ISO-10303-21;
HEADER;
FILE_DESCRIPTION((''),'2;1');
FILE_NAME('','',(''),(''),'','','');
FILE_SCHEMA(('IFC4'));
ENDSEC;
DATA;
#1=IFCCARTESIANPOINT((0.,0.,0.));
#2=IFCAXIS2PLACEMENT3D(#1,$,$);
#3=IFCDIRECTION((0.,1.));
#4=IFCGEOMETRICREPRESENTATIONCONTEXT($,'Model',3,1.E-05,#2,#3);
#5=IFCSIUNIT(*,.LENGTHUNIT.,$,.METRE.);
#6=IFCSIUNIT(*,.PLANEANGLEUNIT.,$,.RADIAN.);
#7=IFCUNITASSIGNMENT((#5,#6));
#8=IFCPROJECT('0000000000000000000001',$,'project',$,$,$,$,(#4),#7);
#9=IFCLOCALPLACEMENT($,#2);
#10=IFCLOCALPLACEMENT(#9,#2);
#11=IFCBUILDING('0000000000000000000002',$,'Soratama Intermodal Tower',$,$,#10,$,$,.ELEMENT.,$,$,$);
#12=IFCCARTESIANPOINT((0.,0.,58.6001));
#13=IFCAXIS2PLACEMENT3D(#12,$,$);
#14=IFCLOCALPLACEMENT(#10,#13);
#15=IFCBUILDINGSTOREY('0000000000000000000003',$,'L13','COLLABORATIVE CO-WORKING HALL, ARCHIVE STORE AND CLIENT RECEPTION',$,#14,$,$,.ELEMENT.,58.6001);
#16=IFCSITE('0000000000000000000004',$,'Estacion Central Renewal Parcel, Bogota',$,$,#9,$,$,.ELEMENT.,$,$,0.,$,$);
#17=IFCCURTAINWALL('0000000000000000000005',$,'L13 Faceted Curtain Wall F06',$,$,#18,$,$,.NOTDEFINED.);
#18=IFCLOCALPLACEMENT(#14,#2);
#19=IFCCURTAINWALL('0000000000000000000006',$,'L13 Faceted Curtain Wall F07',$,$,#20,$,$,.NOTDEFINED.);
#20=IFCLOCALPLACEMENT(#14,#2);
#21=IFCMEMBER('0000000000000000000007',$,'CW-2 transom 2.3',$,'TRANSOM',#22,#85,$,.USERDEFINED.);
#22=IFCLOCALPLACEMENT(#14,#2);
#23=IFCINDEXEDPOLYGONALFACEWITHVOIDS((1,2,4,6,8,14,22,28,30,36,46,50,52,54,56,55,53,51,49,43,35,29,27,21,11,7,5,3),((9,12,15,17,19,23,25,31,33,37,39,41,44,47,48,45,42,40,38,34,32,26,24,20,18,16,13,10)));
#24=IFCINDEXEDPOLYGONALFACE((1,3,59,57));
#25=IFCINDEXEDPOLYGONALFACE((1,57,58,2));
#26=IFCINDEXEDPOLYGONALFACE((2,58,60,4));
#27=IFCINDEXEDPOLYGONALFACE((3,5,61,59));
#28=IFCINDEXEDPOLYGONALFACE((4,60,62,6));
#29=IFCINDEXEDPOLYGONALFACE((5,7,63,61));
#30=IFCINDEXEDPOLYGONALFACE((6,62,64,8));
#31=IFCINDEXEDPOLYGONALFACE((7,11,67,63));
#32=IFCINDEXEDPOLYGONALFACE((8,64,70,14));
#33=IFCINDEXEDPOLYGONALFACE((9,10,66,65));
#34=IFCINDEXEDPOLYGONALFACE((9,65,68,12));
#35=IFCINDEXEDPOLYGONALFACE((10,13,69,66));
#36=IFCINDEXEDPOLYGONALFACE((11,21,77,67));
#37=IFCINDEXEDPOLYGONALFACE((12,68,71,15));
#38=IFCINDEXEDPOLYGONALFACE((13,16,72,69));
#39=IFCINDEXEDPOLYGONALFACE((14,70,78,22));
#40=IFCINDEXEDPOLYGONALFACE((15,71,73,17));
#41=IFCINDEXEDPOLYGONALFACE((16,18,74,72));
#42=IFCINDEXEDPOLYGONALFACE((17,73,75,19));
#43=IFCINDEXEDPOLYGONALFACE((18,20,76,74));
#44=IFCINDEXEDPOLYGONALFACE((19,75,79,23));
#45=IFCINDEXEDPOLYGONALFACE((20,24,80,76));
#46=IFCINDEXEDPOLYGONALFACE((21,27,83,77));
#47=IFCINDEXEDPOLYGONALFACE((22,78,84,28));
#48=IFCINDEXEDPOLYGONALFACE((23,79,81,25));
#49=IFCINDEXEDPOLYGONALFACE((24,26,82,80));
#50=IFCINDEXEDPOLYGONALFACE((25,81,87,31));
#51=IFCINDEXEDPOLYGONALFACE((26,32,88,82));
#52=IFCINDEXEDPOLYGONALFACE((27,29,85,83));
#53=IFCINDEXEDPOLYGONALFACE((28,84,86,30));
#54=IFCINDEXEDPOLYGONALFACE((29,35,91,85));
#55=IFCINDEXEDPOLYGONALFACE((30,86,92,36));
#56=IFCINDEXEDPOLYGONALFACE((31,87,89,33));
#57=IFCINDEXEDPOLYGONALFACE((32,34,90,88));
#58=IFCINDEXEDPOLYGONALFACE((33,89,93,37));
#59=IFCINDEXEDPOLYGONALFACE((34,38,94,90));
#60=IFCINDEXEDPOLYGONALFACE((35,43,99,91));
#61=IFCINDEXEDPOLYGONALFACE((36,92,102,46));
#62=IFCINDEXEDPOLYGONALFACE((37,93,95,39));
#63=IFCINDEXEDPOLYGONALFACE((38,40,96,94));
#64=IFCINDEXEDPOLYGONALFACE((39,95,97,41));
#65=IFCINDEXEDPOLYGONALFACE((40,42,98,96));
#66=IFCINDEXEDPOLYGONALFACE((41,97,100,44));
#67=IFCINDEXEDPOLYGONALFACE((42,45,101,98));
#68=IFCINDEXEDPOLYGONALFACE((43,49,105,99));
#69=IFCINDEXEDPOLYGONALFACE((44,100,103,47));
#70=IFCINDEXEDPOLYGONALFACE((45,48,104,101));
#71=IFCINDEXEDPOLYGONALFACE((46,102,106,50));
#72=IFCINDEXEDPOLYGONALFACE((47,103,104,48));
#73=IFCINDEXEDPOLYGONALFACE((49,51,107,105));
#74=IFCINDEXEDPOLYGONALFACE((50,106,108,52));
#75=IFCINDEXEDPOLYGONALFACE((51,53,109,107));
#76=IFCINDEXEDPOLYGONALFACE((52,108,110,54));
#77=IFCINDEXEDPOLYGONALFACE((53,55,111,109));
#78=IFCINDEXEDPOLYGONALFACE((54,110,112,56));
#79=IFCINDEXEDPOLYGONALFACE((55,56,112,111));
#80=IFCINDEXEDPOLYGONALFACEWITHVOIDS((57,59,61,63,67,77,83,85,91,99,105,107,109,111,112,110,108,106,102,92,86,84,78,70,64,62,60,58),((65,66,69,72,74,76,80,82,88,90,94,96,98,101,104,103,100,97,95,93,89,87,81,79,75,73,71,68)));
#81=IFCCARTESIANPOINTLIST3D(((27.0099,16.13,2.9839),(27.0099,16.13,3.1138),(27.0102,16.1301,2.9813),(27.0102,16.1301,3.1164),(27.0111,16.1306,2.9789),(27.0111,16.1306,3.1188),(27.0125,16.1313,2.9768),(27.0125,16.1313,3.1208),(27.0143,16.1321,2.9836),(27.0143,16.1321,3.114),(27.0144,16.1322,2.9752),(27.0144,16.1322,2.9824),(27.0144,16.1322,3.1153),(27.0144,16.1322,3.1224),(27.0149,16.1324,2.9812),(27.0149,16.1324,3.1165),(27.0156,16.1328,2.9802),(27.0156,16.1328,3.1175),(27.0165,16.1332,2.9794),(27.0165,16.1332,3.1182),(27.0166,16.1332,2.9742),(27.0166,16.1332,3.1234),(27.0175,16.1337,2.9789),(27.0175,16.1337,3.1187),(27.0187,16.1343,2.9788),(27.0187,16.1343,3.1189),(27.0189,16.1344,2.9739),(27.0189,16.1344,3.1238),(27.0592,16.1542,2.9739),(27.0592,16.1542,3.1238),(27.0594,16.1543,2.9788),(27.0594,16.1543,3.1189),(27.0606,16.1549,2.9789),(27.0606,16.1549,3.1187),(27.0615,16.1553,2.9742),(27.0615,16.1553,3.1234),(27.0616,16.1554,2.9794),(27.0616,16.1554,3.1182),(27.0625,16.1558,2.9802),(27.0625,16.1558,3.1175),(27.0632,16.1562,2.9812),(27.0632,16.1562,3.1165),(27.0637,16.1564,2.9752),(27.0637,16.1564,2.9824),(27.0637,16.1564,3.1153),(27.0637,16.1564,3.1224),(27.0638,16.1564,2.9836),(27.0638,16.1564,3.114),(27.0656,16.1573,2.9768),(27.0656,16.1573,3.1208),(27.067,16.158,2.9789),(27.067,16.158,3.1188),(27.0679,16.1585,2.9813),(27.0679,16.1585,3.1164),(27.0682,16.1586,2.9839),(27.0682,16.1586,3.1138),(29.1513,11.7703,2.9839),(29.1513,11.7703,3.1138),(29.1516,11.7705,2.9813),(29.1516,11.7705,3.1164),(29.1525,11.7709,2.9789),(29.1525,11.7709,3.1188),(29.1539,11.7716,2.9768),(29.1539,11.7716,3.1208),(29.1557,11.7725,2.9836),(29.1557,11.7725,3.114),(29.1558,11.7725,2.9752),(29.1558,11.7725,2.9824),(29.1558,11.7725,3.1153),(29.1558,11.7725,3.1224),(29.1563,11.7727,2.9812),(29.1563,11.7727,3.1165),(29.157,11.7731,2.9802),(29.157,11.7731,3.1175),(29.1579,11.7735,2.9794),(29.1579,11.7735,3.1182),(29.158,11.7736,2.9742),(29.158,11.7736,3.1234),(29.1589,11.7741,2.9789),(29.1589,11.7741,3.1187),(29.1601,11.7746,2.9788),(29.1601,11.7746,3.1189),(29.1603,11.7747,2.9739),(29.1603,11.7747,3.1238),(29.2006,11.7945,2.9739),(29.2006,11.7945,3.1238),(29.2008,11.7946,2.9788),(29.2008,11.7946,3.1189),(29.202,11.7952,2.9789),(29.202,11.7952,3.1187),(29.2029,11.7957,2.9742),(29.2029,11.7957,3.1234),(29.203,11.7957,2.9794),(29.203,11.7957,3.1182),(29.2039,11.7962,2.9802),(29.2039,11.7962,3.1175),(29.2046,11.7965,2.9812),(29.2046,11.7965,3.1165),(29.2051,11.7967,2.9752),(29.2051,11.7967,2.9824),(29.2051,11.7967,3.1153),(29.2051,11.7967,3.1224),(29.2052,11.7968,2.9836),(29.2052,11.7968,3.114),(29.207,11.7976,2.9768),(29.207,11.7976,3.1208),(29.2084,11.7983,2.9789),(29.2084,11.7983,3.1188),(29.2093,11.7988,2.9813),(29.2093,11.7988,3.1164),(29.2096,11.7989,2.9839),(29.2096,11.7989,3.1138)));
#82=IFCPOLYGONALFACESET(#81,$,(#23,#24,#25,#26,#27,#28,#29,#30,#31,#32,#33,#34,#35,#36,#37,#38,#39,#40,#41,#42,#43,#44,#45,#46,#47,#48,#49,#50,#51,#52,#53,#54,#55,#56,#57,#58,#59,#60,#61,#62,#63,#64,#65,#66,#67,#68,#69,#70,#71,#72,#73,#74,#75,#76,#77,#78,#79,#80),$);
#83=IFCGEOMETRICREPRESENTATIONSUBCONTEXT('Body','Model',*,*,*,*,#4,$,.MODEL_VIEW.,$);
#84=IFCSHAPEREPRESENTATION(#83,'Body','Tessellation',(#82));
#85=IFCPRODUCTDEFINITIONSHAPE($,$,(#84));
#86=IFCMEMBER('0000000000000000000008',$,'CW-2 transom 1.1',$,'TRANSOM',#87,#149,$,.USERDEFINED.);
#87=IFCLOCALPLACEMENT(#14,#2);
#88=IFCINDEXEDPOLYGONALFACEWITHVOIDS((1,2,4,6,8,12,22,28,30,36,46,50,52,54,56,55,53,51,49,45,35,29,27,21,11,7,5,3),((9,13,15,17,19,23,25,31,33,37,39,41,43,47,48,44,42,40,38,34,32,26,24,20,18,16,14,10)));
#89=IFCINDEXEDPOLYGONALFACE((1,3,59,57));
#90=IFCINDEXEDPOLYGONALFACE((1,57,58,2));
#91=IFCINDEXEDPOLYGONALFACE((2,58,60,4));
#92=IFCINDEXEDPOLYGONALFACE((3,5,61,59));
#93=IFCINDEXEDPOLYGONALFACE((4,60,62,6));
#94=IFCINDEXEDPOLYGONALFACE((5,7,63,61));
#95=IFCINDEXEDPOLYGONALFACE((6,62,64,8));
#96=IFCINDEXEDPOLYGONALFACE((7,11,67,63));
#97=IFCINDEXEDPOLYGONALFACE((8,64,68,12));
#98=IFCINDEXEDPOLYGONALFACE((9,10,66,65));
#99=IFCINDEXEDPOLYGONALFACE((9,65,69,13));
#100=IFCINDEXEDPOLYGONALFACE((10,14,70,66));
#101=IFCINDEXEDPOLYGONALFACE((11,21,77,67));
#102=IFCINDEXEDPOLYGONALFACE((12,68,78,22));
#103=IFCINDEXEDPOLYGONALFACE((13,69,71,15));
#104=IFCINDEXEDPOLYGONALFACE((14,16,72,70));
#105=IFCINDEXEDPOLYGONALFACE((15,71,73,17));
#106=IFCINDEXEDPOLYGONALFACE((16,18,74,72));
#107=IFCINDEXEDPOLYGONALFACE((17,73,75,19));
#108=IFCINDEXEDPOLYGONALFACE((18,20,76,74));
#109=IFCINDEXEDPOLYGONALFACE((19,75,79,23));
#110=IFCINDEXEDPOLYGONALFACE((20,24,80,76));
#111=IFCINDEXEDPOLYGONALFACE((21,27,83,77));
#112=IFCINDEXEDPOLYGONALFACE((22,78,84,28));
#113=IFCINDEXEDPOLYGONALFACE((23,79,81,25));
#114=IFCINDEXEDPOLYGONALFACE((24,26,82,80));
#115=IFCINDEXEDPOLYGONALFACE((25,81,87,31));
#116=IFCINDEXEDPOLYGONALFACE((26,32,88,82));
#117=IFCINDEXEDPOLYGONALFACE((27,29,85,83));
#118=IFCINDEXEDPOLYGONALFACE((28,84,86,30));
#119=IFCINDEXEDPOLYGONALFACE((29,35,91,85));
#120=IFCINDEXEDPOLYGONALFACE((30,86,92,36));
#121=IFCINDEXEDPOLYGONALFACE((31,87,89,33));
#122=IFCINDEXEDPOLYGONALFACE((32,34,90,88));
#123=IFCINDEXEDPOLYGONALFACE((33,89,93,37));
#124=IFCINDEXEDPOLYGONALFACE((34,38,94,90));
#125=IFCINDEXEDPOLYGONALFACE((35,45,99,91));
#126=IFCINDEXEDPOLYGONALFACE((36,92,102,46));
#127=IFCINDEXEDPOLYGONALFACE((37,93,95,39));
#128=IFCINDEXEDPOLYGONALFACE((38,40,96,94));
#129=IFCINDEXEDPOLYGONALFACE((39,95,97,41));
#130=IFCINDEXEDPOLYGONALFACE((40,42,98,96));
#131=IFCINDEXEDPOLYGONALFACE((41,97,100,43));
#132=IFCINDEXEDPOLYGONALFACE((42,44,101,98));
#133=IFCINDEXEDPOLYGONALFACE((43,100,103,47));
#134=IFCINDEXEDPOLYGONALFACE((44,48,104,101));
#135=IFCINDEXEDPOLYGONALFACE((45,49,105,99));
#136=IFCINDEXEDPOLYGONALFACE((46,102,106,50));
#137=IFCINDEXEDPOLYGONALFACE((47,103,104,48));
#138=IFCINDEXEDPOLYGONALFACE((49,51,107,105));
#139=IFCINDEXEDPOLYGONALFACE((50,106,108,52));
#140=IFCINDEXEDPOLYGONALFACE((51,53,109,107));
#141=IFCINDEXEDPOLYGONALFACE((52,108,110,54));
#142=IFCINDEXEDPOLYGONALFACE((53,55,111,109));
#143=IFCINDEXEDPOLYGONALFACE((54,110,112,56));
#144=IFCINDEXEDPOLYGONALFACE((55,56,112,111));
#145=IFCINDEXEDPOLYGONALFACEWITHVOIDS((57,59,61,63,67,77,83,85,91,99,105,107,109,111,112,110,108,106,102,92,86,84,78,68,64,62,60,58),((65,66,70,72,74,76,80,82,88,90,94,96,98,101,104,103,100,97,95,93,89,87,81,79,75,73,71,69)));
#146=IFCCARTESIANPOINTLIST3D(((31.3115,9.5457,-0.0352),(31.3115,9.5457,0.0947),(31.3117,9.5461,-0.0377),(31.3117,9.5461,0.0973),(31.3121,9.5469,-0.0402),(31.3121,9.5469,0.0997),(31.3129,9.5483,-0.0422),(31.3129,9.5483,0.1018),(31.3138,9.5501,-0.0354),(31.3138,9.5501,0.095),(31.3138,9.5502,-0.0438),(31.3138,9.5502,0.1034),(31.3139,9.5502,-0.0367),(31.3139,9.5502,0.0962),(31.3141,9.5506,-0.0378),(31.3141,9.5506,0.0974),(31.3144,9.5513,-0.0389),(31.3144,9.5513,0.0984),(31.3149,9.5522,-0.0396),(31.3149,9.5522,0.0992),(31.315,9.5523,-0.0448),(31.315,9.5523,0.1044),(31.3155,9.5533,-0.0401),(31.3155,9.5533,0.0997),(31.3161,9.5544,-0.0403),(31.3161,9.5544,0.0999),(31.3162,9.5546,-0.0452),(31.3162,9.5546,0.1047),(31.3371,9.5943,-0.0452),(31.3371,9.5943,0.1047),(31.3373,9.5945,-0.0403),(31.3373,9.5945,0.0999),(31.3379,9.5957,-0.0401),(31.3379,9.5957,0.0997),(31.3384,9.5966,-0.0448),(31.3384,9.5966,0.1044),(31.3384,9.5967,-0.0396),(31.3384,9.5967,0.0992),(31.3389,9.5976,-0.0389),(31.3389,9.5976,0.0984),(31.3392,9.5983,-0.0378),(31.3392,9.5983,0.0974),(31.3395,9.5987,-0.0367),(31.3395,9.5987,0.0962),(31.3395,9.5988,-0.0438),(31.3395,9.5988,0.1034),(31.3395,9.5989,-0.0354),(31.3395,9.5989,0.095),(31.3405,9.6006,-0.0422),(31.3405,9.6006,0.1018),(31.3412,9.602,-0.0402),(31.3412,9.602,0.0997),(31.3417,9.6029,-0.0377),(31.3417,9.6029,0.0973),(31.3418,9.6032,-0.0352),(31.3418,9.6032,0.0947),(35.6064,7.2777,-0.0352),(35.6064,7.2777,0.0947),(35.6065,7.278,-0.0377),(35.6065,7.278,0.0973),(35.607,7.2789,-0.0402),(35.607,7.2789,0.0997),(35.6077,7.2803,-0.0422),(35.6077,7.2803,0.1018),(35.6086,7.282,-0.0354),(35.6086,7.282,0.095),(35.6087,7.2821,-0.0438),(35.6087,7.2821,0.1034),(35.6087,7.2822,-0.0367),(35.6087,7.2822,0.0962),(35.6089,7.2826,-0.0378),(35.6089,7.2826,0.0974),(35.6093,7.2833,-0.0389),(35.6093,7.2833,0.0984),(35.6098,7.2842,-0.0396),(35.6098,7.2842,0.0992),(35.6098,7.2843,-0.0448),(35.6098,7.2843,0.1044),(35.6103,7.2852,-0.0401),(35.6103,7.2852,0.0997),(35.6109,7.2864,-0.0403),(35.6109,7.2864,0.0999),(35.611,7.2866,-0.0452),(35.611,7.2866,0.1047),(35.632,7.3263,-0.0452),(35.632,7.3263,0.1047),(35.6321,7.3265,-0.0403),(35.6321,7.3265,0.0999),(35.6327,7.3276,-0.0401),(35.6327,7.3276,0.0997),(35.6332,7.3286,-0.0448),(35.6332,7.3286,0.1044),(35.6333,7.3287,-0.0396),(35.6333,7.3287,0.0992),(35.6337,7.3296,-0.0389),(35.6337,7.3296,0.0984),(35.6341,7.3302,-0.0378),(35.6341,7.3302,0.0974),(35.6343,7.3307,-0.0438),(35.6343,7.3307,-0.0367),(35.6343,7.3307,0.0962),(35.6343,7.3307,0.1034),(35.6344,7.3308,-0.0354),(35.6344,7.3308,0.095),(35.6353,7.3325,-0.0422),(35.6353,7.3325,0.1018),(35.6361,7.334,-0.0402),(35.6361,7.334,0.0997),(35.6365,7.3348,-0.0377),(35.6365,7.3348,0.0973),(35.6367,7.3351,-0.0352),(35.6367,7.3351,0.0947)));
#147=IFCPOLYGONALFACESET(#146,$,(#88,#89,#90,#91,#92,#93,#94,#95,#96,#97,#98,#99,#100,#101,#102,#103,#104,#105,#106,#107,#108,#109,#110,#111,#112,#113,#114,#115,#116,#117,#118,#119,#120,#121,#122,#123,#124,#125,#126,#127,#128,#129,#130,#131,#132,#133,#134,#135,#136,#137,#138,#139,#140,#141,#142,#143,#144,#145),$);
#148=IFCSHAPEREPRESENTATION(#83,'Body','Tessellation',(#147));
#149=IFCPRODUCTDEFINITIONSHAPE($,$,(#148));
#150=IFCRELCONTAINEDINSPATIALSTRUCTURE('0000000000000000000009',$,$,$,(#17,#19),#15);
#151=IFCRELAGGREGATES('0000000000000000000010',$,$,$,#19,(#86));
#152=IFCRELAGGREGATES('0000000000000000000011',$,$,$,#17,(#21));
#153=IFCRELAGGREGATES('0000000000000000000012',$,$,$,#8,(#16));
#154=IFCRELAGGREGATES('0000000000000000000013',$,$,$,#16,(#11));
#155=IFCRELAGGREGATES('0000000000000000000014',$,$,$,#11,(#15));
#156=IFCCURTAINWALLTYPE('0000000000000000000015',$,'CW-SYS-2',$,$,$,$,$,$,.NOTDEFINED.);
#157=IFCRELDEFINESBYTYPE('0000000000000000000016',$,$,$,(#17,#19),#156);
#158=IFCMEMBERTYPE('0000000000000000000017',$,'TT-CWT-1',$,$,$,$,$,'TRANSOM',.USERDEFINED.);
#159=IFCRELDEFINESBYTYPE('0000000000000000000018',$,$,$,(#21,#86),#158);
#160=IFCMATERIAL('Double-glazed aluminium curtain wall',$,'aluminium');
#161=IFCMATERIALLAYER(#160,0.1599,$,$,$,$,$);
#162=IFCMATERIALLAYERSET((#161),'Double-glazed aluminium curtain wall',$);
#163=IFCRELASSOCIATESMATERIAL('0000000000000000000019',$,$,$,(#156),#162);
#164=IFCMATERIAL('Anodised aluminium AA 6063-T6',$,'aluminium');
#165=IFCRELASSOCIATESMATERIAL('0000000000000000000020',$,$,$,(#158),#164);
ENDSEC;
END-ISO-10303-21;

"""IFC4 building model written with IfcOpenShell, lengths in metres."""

from ifc_helpers import new_model, si_unit, direction, frame, origin, origin_2d, place, context, subcontext, project, spatial, hollow_rectangle, extrude, material, layer, layer_set, material_profile, profile_set, type_object, element, aggregate, save


model = new_model("IFC4")

# Units and contexts
model_context = context("Model", 3, precision=1e-05, world=origin(), true_north=direction((0.0, 1.0)))
body_context = subcontext(model_context, "Body", "Model", "MODEL_VIEW")
ifc_project = project(units=[si_unit("LENGTHUNIT", "METRE"), si_unit("PLANEANGLEUNIT", "RADIAN")], contexts=[model_context])

# Site, building, storey
site_placement = place(None, origin())
site = spatial("IfcSite", under=ifc_project, at=site_placement, Name="Estacion Central Renewal Parcel, Bogota", CompositionType="ELEMENT", RefElevation=0.0)
building_placement = place(site_placement, origin())
building = spatial("IfcBuilding", under=site, at=building_placement, Name="Soratama Intermodal Tower", CompositionType="ELEMENT")
storey_placement = place(building_placement, frame((0.0, 0.0, 58.6001)))
storey = spatial("IfcBuildingStorey", under=building, at=storey_placement, Name="L13", Description="COLLABORATIVE CO-WORKING HALL, ARCHIVE STORE AND CLIENT RECEPTION", CompositionType="ELEMENT", Elevation=58.6001)

# Curtain walls
ifc_material_1 = material(Name="Double-glazed aluminium curtain wall", Category="aluminium")
ifc_layer_1 = layer(ifc_material_1, 0.1599)
ifc_layer_set_1 = layer_set([ifc_layer_1], Name="Double-glazed aluminium curtain wall")
curtain_wall_type = type_object("IfcCurtainWallType", Name="CW-SYS-2", PredefinedType="NOTDEFINED", material=ifc_layer_set_1)
curtain_wall_1_placement = place(storey_placement, origin())
curtain_wall_1 = element("IfcCurtainWall", 1, at=curtain_wall_1_placement, inside=storey, type_object=curtain_wall_type, Name="L13 Faceted Curtain Wall F06", PredefinedType="NOTDEFINED")
curtain_wall_2_placement = place(storey_placement, origin())
curtain_wall_2 = element("IfcCurtainWall", 2, at=curtain_wall_2_placement, inside=storey, type_object=curtain_wall_type, Name="L13 Faceted Curtain Wall F07", PredefinedType="NOTDEFINED")

# Members
ifc_material_2 = material(Name="Anodised aluminium AA 6063-T6", Category="aluminium")
ifc_material_profile_1 = material_profile(ifc_material_2, hollow_rectangle(XDim=0.0649, YDim=0.1499, WallThickness=0.0049, InnerFilletRadius=0.0049, OuterFilletRadius=0.01, at=origin_2d()), Name="CWT150X65X5")
ifc_profile_set_1 = profile_set([ifc_material_profile_1], Name="Anodised aluminium AA 6063-T6")
member_type_1 = type_object("IfcMemberType", Name="TT-CWT-1", ElementType="TRANSOM", PredefinedType="USERDEFINED", material=ifc_profile_set_1)
member_1_placement = place(storey_placement, frame((27.0391, 16.1443, 3.0488), z_axis=(0.440869, -0.897571, 0.0), x_axis=(0.897571, 0.440869, 0.0)))
member_1 = element("IfcMember", 3, at=member_1_placement, type_object=member_type_1, Name="CW-2 transom 2.3", ObjectType="TRANSOM", PredefinedType="USERDEFINED", context=body_context, shape_type="SweptSolid", body=[
    extrude(hollow_rectangle(XDim=0.0649, YDim=0.1499, WallThickness=0.0049, InnerFilletRadius=0.0049, OuterFilletRadius=0.01, at=origin_2d()), origin(), (0.0, 0.0, 1.0), 4.8572),
])
member_2_placement = place(storey_placement, frame((31.3267, 9.5745, 0.0298), z_axis=(0.884274, -0.466968, 0.0), x_axis=(0.466968, 0.884274, 0.0)))
member_2 = element("IfcMember", 4, at=member_2_placement, type_object=member_type_1, Name="CW-2 transom 1.1", ObjectType="TRANSOM", PredefinedType="USERDEFINED", context=body_context, shape_type="SweptSolid", body=[
    extrude(hollow_rectangle(XDim=0.0649, YDim=0.1499, WallThickness=0.0049, InnerFilletRadius=0.0049, OuterFilletRadius=0.01, at=origin_2d()), origin(), (0.0, 0.0, 1.0), 4.8569),
])
aggregate(curtain_wall_2, [member_2])

aggregate(curtain_wall_1, [member_1])

save(model, "model.ifc")
